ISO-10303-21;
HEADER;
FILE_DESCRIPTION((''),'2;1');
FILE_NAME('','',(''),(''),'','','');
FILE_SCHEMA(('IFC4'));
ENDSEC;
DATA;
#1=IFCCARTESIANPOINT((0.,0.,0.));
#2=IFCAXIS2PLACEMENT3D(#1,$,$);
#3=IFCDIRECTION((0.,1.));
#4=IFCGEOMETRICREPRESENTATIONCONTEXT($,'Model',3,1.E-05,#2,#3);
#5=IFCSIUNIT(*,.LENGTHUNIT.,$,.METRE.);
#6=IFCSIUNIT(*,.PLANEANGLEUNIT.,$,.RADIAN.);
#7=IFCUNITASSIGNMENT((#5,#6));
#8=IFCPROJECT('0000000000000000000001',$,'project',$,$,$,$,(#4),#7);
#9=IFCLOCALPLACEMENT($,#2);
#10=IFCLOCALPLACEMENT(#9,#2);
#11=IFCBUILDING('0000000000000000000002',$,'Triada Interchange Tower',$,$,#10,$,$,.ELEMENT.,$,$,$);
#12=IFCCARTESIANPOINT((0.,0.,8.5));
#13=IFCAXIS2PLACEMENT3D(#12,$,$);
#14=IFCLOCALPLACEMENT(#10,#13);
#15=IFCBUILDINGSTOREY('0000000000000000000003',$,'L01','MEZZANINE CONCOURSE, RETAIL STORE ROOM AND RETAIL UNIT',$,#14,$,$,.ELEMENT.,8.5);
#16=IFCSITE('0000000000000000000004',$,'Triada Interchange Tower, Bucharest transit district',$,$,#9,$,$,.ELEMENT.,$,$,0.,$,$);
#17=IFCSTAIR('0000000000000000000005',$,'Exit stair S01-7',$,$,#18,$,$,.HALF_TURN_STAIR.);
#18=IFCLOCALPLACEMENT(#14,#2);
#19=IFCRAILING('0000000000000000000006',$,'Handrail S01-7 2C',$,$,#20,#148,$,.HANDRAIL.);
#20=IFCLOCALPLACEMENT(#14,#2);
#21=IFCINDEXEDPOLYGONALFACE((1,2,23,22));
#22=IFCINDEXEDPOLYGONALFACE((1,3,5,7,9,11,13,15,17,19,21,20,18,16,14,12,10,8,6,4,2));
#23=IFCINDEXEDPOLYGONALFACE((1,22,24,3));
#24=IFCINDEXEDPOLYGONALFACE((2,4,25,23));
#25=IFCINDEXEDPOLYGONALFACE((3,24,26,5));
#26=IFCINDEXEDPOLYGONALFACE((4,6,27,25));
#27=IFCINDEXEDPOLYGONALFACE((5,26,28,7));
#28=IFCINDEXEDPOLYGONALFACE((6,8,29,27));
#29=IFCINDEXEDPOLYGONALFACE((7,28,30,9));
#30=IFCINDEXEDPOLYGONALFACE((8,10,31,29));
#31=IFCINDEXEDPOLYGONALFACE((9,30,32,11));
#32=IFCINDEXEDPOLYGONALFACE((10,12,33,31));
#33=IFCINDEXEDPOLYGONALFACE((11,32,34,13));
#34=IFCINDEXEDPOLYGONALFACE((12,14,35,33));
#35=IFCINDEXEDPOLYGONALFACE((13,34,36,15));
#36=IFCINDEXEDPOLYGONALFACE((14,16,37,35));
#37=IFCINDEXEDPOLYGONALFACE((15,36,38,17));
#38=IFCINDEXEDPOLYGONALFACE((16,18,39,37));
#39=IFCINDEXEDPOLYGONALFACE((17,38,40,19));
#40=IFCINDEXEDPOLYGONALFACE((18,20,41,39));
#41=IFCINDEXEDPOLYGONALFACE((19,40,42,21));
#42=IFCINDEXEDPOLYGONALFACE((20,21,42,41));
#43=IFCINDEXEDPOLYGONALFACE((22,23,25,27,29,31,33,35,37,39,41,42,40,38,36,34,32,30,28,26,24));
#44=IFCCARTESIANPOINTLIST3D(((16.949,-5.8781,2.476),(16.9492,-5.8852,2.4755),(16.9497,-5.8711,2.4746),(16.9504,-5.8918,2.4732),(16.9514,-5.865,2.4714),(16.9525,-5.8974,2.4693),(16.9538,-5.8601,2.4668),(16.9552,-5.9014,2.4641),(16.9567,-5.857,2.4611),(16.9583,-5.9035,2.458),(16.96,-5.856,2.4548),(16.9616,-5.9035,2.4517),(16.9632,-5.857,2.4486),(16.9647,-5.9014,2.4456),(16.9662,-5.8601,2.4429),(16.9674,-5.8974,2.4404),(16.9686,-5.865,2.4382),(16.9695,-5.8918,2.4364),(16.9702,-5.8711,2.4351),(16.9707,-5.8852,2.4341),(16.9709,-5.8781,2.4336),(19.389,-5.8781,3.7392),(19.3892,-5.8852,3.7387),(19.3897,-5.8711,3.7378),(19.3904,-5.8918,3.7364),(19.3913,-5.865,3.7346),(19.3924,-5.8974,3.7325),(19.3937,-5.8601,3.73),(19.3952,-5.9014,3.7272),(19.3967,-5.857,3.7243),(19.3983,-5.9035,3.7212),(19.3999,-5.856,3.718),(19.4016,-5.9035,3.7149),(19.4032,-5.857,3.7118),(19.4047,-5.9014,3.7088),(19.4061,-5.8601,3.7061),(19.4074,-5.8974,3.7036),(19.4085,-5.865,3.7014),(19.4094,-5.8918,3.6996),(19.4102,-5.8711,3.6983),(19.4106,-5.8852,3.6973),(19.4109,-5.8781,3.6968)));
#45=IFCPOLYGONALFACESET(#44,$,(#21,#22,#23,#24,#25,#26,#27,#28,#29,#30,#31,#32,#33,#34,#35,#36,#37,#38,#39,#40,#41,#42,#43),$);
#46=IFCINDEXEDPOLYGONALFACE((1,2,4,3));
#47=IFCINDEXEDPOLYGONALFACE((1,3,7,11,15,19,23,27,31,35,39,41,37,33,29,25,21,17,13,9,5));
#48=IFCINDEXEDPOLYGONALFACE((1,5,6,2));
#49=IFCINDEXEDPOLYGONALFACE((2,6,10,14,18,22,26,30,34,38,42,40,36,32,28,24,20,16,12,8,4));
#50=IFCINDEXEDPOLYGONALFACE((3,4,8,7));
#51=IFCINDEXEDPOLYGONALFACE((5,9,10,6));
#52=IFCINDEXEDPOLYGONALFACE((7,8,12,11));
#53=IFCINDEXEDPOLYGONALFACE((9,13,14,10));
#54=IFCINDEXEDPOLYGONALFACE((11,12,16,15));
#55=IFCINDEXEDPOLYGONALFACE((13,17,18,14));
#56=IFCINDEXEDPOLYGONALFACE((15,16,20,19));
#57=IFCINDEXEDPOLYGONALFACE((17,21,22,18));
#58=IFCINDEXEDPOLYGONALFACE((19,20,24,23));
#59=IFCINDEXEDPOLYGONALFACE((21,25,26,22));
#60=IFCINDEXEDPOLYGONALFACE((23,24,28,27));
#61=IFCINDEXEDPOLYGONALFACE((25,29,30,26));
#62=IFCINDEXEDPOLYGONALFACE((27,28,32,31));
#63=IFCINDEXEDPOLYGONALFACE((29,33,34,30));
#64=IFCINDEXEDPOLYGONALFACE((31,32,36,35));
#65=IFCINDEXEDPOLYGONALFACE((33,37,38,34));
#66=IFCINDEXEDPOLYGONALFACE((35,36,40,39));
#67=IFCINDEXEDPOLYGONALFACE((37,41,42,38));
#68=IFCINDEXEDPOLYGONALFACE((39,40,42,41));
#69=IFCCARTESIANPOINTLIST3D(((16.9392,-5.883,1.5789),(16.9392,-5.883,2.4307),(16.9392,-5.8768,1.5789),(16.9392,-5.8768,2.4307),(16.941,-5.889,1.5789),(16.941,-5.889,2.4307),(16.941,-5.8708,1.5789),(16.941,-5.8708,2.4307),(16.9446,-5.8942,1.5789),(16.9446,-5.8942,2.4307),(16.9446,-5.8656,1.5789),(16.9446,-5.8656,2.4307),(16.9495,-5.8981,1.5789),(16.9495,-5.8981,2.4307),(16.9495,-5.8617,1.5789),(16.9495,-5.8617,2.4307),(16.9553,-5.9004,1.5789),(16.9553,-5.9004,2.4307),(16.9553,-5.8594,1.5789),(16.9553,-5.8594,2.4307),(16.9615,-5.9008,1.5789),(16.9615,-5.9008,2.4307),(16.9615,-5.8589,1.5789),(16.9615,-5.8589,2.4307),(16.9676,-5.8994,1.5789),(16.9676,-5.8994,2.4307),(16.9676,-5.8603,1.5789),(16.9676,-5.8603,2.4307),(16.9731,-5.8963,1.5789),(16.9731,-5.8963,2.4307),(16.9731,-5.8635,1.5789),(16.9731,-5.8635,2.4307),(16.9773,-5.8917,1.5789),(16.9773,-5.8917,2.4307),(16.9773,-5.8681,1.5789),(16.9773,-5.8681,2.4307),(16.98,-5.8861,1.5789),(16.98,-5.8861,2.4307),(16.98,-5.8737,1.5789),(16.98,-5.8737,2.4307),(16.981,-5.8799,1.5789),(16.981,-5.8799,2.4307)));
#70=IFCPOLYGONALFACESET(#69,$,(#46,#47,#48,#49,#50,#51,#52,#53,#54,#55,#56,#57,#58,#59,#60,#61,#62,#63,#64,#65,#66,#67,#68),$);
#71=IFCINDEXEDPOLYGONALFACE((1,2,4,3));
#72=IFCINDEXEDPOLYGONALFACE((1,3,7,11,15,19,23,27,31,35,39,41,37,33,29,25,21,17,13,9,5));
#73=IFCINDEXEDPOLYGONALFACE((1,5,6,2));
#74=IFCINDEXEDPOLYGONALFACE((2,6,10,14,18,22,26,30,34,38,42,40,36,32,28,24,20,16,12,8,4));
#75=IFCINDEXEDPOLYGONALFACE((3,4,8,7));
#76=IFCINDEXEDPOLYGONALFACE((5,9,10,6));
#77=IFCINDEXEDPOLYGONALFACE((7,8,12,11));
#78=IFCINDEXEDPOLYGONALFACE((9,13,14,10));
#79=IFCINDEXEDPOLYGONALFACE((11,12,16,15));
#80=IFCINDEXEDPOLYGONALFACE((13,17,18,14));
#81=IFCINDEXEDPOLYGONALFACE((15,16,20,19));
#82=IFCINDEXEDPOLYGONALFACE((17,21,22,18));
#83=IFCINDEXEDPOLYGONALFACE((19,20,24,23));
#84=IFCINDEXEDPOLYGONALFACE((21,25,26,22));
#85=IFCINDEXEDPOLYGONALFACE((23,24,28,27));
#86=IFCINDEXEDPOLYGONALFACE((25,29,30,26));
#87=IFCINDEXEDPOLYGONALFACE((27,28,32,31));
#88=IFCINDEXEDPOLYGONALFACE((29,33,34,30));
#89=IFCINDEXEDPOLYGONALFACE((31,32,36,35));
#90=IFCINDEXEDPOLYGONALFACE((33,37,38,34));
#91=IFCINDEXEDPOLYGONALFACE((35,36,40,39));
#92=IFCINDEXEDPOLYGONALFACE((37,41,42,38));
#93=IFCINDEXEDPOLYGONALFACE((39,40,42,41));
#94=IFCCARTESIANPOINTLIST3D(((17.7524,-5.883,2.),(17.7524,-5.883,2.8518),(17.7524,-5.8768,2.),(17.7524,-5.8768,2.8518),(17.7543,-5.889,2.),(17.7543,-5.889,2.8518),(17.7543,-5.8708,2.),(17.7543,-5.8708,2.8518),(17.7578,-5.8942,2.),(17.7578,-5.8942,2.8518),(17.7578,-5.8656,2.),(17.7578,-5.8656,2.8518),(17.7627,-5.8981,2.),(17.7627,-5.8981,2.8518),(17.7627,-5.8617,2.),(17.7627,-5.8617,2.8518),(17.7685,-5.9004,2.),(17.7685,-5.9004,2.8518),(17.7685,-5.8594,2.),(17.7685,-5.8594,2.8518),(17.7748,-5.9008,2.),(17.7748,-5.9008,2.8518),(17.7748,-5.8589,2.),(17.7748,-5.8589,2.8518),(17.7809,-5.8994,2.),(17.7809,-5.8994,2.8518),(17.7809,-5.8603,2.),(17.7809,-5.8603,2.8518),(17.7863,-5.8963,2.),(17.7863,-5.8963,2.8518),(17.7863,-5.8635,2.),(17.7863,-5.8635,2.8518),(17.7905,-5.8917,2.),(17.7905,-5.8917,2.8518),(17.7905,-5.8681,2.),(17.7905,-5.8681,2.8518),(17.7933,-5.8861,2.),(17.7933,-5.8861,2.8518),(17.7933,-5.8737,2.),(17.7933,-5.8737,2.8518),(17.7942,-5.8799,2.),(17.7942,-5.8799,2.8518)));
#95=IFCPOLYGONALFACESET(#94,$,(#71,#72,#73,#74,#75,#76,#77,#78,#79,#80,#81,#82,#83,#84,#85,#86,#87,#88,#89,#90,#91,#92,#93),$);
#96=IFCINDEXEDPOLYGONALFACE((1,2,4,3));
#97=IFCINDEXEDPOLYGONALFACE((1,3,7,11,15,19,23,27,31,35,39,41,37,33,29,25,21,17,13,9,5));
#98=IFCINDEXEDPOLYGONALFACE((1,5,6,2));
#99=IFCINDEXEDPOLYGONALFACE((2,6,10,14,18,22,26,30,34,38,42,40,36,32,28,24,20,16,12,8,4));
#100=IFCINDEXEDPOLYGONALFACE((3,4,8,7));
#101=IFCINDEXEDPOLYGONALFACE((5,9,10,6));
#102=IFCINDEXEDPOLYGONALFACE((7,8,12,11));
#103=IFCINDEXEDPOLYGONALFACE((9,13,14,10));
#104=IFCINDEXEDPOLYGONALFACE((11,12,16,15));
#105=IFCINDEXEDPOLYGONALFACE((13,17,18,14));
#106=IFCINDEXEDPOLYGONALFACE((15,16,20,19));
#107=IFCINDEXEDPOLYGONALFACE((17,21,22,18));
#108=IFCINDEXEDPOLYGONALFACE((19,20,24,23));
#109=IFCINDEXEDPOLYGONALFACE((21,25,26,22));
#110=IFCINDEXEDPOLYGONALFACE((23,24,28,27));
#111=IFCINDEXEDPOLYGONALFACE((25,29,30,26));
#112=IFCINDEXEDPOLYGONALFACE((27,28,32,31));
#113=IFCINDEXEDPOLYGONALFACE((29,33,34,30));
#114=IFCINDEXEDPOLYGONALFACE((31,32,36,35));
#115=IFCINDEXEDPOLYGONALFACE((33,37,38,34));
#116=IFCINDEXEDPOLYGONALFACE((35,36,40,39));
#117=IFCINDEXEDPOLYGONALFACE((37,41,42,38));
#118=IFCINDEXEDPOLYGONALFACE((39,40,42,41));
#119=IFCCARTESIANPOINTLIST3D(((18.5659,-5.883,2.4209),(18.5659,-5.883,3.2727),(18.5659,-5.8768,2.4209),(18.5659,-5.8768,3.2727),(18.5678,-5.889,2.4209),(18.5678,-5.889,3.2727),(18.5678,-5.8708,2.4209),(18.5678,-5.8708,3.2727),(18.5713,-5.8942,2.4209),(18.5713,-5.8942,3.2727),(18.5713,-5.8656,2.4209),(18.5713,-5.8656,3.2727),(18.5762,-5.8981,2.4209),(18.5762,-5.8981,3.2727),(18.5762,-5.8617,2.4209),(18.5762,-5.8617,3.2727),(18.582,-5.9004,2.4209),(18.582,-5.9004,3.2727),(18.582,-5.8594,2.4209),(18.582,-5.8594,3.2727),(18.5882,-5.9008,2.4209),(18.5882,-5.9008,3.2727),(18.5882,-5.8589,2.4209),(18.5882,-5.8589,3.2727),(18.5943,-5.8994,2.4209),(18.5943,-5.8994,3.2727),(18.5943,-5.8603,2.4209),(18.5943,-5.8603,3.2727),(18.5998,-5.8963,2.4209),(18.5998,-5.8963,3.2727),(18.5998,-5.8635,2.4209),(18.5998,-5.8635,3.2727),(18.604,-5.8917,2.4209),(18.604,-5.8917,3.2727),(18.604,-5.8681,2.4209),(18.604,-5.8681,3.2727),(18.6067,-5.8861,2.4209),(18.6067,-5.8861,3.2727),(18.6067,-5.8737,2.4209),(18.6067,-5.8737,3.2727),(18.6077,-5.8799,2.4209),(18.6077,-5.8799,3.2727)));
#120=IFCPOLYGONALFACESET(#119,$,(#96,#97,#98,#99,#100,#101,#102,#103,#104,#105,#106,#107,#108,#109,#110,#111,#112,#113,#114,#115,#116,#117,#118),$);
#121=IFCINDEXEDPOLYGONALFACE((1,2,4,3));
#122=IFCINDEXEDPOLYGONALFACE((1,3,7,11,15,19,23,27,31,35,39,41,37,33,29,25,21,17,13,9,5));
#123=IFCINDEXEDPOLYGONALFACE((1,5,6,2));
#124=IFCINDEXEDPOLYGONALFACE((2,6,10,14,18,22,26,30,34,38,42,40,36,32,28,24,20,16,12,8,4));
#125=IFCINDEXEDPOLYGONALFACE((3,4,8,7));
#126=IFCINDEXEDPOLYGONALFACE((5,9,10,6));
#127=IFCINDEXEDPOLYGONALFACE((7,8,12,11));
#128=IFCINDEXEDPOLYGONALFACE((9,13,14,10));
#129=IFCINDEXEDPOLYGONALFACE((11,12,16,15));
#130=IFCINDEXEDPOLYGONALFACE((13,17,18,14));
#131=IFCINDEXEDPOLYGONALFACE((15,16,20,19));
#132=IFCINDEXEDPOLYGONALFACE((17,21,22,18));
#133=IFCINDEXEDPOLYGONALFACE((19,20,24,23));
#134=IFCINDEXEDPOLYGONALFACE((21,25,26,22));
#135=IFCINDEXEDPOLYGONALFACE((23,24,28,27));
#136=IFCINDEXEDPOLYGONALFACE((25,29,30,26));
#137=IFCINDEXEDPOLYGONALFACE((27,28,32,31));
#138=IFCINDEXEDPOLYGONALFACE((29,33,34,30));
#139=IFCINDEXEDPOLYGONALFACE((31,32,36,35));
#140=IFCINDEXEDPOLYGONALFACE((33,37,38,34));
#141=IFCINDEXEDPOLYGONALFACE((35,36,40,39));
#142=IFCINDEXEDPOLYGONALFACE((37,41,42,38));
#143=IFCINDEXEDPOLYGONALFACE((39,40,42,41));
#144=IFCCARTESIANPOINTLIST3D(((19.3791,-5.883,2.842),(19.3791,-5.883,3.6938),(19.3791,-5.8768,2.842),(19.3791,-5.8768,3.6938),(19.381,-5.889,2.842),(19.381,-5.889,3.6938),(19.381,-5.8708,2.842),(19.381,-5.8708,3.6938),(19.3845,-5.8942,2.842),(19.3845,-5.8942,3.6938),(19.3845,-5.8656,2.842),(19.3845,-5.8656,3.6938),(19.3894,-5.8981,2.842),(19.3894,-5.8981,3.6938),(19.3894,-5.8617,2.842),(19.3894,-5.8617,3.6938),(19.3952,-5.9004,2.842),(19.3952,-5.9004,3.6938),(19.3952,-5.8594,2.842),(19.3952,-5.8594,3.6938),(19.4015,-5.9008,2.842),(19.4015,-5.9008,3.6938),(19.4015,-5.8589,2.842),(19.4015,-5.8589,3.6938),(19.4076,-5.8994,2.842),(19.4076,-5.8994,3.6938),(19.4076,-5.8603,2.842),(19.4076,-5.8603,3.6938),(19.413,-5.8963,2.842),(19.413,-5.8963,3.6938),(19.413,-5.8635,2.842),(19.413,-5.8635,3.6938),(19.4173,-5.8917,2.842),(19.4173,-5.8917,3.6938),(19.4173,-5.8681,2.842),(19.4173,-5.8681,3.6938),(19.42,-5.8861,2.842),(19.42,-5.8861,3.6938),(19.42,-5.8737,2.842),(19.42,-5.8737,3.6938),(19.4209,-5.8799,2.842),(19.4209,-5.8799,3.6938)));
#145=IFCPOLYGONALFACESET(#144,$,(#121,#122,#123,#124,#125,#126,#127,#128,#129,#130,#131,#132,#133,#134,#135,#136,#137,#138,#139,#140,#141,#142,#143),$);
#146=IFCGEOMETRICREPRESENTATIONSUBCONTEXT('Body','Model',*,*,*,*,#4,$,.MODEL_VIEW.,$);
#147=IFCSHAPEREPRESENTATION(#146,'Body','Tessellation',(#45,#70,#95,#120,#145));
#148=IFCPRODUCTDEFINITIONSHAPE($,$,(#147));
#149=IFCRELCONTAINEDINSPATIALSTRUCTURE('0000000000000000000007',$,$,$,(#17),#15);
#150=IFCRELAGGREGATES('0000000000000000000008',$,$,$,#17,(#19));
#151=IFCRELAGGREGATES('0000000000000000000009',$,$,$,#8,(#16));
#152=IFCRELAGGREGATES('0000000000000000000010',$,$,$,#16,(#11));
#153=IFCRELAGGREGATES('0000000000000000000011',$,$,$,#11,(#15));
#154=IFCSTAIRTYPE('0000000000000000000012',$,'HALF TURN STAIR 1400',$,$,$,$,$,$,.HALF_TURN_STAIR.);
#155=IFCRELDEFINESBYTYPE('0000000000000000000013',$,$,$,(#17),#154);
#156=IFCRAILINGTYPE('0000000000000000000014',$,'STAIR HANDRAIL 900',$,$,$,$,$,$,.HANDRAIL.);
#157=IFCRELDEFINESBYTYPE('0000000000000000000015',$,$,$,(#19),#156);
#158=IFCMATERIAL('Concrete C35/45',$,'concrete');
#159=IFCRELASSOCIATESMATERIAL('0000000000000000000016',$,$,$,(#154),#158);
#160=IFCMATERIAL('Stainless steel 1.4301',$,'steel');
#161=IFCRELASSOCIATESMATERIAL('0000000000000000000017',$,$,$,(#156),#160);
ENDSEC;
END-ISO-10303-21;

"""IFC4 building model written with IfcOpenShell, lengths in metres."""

from ifc_helpers import new_model, si_unit, direction, frame, origin, origin_2d, place, context, subcontext, project, spatial, circle, extrude, material, type_object, element, aggregate, save


model = new_model("IFC4")

# Units and contexts
model_context = context("Model", 3, precision=1e-05, world=origin(), true_north=direction((0.0, 1.0)))
body_context = subcontext(model_context, "Body", "Model", "MODEL_VIEW")
ifc_project = project(units=[si_unit("LENGTHUNIT", "METRE"), si_unit("PLANEANGLEUNIT", "RADIAN")], contexts=[model_context])

# Site, building, storey
site_placement = place(None, origin())
site = spatial("IfcSite", under=ifc_project, at=site_placement, Name="Triada Interchange Tower, Bucharest transit district", CompositionType="ELEMENT", RefElevation=0.0)
building_placement = place(site_placement, origin())
building = spatial("IfcBuilding", under=site, at=building_placement, Name="Triada Interchange Tower", CompositionType="ELEMENT")
storey_placement = place(building_placement, frame((0.0, 0.0, 8.5)))
storey = spatial("IfcBuildingStorey", under=building, at=storey_placement, Name="L01", Description="MEZZANINE CONCOURSE, RETAIL STORE ROOM AND RETAIL UNIT", CompositionType="ELEMENT", Elevation=8.5)

# Shared definitions
ifc_material_1 = material(Name="Concrete C35/45", Category="concrete")

# Stair, railing
stair_type = type_object("IfcStairType", Name="HALF TURN STAIR 1400", PredefinedType="HALF_TURN_STAIR", material=ifc_material_1)
stair_placement = place(storey_placement, origin())
stair = element("IfcStair", 1, at=stair_placement, inside=storey, type_object=stair_type, Name="Exit stair S01-7", PredefinedType="HALF_TURN_STAIR")
ifc_material_2 = material(Name="Stainless steel 1.4301", Category="steel")
railing_type_1 = type_object("IfcRailingType", Name="STAIR HANDRAIL 900", PredefinedType="HANDRAIL", material=ifc_material_2)
railing_1_placement = place(storey_placement, frame((16.96, -5.8799, 1.5789)))
railing_1 = element("IfcRailing", 2, at=railing_1_placement, type_object=railing_type_1, Name="Handrail S01-7 2C", PredefinedType="HANDRAIL", context=body_context, shape_type="SweptSolid", body=[
    extrude(circle(Radius=0.0239, at=origin_2d()), frame((0.0, 0.0, 0.876), z_axis=(0.888048, 0.0, 0.459752), x_axis=(0.0, 1.0, 0.0)), (0.0, 0.0, 1.0), 2.7476),
    extrude(circle(Radius=0.021, at=origin_2d()), origin(), (0.0, 0.0, 1.0), 0.8518),
    extrude(circle(Radius=0.021, at=origin_2d()), frame((0.8132, 0.0, 0.4211)), (0.0, 0.0, 1.0), 0.8518),
    extrude(circle(Radius=0.021, at=origin_2d()), frame((1.6267, 0.0, 0.842)), (0.0, 0.0, 1.0), 0.8518),
    extrude(circle(Radius=0.021, at=origin_2d()), frame((2.4399, 0.0, 1.2632)), (0.0, 0.0, 1.0), 0.8518),
])
aggregate(stair, [railing_1])

save(model, "model.ifc")
